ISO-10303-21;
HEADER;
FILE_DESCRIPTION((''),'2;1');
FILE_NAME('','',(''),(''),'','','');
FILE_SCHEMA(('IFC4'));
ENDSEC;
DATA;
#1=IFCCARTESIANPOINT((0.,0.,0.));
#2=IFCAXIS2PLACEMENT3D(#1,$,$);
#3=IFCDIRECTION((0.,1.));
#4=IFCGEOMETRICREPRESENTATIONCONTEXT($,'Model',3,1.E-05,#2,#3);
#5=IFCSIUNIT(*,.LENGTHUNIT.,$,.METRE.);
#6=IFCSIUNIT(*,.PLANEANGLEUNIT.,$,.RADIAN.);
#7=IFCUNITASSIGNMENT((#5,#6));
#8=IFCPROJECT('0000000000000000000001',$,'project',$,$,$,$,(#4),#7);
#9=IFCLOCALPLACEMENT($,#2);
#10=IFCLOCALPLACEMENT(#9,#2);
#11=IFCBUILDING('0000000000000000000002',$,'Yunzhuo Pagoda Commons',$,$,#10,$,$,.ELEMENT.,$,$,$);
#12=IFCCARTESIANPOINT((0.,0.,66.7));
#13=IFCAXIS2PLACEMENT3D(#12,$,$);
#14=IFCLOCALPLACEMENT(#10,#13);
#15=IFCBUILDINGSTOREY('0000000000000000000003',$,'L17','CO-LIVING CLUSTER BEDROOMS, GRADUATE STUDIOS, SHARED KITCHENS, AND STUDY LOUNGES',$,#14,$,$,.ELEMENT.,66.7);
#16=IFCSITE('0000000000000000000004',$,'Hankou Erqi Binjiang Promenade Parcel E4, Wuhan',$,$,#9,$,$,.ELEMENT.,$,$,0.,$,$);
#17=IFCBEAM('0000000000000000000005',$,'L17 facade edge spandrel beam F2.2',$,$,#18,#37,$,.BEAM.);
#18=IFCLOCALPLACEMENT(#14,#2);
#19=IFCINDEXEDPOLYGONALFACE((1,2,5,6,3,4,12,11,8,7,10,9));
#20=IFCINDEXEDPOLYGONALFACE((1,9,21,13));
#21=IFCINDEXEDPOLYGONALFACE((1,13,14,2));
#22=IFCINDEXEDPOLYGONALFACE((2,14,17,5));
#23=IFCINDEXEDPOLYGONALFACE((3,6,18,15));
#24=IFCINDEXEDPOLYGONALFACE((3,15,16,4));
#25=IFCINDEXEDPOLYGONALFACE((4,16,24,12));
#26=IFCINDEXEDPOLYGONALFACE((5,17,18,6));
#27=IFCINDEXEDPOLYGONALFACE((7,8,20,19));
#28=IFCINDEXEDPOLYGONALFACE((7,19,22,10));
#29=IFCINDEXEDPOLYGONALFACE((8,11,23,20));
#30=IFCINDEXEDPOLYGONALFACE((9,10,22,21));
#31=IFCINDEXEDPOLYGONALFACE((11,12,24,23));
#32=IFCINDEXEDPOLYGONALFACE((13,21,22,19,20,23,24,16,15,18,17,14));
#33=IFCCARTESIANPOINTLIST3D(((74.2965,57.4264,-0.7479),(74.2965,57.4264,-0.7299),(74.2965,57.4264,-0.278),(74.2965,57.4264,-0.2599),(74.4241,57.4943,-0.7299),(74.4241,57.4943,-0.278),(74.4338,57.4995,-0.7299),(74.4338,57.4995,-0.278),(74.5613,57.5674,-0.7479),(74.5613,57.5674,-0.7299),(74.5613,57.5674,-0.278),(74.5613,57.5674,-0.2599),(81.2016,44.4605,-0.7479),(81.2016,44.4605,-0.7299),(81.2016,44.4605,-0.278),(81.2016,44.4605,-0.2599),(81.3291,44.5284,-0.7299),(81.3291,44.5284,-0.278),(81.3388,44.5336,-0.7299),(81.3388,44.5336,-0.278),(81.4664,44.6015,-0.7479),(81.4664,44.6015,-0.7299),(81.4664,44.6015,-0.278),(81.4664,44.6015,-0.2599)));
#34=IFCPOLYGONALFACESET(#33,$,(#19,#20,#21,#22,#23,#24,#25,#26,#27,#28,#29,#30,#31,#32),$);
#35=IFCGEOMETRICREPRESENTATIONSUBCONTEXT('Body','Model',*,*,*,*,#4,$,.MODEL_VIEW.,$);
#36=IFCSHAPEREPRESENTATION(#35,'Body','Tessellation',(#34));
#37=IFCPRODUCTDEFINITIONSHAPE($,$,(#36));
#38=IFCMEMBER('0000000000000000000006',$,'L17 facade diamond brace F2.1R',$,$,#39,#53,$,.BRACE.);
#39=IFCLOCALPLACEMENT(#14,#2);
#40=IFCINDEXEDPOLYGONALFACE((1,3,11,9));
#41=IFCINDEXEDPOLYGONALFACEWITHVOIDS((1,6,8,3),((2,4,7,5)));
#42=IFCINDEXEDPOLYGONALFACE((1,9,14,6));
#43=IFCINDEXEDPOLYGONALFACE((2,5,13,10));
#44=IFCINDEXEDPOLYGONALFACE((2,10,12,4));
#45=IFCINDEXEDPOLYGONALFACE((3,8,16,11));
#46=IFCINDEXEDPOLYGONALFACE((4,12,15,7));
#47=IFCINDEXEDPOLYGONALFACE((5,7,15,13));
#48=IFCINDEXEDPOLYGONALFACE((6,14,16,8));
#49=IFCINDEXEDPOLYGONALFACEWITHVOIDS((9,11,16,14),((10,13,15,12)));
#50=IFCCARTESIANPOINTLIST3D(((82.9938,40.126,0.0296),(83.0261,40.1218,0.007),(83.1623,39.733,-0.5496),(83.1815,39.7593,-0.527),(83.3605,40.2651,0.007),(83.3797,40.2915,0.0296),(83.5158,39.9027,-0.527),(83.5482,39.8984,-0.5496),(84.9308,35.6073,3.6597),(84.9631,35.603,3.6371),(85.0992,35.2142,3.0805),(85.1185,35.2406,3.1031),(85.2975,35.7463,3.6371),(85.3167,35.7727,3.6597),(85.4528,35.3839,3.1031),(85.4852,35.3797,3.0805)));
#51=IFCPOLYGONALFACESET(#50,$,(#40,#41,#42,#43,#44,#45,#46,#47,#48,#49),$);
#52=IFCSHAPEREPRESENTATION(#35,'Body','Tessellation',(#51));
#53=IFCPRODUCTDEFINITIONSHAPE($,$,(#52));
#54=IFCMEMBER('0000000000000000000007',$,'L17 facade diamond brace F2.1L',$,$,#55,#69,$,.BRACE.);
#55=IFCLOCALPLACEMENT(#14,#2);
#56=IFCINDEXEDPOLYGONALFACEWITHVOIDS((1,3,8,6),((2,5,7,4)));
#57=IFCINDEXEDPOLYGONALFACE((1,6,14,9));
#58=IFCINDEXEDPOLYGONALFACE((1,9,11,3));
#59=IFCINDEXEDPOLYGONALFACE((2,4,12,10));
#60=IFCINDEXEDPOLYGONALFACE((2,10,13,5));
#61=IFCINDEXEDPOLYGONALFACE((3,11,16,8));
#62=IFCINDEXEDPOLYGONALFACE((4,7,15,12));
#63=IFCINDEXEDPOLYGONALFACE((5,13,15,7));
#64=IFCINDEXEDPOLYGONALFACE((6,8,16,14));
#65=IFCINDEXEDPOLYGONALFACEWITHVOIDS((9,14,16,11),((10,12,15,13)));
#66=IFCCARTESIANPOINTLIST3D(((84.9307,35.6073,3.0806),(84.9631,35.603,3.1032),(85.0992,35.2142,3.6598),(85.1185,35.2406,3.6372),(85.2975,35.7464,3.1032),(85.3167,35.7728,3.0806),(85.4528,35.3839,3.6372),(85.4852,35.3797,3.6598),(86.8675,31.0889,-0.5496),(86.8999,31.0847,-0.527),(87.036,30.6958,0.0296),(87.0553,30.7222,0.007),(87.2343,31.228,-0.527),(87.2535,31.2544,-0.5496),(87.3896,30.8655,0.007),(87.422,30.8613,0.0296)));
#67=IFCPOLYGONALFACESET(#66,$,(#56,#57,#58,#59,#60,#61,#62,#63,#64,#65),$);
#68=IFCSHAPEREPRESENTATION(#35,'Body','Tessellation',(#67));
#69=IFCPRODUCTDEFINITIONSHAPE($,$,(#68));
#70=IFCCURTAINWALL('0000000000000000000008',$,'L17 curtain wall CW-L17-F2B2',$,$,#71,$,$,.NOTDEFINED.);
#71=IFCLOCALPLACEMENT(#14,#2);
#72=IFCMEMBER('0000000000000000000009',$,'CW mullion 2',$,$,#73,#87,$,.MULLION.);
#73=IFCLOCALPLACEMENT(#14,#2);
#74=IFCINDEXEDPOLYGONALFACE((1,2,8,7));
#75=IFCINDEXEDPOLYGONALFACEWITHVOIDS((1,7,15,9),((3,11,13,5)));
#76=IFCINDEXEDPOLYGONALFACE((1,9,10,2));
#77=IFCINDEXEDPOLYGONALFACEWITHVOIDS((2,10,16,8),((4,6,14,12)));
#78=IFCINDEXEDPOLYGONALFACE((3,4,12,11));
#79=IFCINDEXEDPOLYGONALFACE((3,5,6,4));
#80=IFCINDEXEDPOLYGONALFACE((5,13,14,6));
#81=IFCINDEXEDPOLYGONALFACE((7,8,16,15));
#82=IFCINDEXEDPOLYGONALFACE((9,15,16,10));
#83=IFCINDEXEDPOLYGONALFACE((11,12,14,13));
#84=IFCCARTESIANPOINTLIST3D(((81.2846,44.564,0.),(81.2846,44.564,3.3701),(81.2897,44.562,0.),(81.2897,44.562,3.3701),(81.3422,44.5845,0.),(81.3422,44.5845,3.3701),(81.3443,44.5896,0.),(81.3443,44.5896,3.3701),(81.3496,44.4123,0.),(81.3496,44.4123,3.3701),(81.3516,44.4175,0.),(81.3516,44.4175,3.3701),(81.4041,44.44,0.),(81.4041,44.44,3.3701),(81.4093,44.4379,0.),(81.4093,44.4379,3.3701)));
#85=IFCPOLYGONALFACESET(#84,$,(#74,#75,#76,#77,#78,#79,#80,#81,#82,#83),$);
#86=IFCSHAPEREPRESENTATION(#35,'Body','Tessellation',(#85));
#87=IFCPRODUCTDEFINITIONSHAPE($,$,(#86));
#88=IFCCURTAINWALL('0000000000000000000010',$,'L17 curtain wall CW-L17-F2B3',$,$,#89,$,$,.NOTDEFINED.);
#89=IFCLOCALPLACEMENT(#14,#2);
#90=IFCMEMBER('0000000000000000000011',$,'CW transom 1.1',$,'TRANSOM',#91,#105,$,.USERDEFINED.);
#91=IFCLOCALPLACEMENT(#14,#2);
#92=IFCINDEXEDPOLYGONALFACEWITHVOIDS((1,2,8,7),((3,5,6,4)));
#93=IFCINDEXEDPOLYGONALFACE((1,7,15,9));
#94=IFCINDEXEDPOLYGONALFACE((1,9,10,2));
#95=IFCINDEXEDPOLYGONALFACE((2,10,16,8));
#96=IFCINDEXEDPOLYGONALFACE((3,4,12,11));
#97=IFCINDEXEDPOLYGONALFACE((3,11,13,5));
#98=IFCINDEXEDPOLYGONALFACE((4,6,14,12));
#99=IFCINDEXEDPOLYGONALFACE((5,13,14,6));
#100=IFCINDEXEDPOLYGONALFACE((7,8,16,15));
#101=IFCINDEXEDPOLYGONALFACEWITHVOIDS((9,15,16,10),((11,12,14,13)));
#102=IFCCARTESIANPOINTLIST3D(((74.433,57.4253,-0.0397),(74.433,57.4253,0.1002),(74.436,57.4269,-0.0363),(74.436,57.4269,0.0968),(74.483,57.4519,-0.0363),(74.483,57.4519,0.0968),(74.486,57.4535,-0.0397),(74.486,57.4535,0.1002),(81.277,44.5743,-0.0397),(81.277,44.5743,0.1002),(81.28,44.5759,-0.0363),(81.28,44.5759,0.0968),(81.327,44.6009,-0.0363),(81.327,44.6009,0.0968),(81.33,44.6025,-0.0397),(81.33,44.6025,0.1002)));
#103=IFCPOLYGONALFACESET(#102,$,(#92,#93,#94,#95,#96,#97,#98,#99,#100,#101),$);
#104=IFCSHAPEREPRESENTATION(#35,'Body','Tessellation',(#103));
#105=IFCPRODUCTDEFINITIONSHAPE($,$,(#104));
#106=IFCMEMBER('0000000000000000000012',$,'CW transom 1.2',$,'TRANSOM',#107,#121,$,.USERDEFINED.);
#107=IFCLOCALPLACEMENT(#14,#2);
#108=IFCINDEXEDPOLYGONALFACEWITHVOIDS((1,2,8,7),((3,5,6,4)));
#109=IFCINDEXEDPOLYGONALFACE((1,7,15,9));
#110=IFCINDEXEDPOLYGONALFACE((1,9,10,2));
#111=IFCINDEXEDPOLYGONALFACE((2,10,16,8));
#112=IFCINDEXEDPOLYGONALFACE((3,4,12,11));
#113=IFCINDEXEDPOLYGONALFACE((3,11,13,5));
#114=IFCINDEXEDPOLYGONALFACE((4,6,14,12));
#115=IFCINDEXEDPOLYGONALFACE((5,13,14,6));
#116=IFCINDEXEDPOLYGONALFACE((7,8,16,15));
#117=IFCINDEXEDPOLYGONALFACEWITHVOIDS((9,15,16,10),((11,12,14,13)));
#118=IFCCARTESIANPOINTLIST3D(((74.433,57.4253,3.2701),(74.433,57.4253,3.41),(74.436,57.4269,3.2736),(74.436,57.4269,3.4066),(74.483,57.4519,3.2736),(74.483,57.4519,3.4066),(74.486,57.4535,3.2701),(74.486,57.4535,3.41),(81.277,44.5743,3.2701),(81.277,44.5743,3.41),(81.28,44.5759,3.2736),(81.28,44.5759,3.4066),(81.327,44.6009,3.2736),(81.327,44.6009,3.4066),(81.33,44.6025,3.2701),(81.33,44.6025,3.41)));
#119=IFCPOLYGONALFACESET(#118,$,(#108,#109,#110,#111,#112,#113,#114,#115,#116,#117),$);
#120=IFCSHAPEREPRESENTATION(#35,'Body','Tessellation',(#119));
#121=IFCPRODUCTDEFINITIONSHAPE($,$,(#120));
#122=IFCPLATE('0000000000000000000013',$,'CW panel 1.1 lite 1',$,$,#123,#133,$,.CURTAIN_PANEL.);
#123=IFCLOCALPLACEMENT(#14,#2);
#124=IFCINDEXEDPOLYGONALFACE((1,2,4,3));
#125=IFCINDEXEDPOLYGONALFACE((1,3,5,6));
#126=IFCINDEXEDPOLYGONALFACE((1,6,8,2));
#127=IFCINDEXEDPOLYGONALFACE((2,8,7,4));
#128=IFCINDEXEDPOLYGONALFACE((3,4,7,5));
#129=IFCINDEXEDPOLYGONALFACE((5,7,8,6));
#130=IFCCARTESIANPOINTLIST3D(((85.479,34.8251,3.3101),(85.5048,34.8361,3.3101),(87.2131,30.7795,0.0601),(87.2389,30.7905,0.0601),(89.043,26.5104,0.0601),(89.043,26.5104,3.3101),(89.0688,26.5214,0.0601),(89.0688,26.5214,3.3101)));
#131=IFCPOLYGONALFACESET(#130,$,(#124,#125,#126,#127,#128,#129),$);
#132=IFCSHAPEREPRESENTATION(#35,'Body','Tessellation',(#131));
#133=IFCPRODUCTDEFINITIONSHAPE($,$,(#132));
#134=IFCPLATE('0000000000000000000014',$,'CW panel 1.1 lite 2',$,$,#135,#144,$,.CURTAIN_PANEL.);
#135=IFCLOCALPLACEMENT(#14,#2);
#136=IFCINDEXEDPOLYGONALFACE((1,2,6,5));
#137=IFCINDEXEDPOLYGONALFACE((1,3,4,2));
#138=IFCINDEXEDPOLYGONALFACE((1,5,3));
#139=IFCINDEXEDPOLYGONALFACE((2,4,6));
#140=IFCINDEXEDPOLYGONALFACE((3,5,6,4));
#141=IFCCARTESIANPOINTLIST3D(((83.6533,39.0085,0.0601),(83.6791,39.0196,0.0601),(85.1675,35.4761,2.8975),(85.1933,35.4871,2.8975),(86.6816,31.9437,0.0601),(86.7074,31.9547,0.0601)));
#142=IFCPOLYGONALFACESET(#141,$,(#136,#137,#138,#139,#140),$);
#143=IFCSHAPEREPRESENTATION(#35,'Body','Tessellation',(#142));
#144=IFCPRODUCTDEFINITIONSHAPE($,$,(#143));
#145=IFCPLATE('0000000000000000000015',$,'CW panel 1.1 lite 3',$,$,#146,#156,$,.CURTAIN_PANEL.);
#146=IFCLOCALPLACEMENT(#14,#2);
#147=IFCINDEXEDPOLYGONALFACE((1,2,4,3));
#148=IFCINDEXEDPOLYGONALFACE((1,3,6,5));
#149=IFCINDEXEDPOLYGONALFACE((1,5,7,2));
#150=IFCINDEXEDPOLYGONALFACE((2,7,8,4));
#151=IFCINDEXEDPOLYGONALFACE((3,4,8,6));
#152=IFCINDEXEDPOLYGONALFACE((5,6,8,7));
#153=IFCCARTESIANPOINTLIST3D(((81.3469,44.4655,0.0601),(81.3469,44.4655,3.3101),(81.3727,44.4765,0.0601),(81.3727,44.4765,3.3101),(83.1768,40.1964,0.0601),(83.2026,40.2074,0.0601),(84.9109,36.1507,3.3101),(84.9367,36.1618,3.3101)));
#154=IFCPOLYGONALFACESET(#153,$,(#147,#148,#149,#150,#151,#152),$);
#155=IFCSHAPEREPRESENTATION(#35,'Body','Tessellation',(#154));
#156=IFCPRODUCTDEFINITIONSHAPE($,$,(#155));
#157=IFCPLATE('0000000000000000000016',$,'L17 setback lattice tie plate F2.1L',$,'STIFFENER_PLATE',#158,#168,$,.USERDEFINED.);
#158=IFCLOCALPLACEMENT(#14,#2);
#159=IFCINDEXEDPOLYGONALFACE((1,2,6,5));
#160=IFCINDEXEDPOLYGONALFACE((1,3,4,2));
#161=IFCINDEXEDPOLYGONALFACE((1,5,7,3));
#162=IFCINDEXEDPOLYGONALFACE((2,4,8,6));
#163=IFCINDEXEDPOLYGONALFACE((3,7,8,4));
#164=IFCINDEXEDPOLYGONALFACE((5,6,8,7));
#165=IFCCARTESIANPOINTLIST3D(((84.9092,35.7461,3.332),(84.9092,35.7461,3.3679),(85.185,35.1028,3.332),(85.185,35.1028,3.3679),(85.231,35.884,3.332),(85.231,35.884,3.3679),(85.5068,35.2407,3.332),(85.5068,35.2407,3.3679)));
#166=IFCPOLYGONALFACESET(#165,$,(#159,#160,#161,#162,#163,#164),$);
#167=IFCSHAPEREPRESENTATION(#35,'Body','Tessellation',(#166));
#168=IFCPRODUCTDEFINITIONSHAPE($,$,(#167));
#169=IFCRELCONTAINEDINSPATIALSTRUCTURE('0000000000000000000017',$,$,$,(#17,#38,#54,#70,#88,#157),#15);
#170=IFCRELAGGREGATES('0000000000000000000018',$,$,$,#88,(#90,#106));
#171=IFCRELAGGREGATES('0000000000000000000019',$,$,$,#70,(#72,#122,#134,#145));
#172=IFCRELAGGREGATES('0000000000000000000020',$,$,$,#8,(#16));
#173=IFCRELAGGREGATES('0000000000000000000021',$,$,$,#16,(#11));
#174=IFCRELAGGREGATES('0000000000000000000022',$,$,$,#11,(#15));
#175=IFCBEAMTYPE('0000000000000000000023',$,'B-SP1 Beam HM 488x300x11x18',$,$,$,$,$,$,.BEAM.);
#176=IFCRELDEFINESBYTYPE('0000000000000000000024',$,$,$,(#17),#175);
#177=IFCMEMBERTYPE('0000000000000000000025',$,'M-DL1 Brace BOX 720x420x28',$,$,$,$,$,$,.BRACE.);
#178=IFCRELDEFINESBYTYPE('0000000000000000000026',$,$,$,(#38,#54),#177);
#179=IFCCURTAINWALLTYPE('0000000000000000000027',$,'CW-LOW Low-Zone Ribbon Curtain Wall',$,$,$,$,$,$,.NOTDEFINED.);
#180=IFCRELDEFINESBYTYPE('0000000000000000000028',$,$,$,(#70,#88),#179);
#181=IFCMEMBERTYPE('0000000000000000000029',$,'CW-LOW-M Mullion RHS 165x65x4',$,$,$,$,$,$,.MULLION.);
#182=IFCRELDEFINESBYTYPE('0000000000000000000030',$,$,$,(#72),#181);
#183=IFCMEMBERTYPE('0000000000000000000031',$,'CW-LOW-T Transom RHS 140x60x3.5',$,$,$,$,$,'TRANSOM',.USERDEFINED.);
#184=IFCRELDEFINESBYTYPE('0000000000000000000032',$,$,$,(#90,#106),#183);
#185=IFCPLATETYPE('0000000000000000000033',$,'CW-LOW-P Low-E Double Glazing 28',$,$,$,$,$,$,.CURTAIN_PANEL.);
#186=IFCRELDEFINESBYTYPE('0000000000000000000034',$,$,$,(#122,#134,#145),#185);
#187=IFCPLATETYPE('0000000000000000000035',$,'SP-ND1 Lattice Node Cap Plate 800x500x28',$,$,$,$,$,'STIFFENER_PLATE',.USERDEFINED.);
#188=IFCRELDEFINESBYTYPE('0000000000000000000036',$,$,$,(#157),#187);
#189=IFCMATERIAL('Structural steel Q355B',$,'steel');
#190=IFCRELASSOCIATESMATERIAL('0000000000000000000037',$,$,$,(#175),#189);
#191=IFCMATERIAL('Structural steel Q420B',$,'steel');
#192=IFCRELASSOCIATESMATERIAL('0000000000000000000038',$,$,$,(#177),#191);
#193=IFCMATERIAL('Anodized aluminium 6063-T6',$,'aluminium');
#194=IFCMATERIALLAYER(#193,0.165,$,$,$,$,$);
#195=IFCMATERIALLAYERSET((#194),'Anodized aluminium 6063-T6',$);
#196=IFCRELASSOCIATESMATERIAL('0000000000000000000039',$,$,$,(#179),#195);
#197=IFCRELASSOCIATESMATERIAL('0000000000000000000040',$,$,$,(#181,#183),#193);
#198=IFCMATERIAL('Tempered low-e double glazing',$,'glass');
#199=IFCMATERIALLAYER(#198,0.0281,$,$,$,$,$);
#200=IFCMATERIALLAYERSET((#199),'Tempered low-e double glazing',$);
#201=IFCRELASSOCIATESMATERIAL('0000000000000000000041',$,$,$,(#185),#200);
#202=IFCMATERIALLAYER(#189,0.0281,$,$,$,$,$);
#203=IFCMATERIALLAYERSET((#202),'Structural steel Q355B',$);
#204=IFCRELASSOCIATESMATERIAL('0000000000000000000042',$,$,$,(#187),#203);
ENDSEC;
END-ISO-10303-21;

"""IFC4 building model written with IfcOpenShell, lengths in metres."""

from ifc_helpers import new_model, si_unit, direction, frame, origin, origin_2d, place, context, subcontext, project, spatial, polyline, rectangle, hollow_rectangle, i_section, outline, extrude, source, transform, mapped, material, layer, layer_set, material_profile, profile_set, type_object, element, aggregate, save


model = new_model("IFC4")

# Units and contexts
model_context = context("Model", 3, precision=1e-05, world=origin(), true_north=direction((0.0, 1.0)))
body_context = subcontext(model_context, "Body", "Model", "MODEL_VIEW")
ifc_project = project(units=[si_unit("LENGTHUNIT", "METRE"), si_unit("PLANEANGLEUNIT", "RADIAN")], contexts=[model_context])

# Site, building, storey
site_placement = place(None, origin())
site = spatial("IfcSite", under=ifc_project, at=site_placement, Name="Hankou Erqi Binjiang Promenade Parcel E4, Wuhan", CompositionType="ELEMENT", RefElevation=0.0)
building_placement = place(site_placement, origin())
building = spatial("IfcBuilding", under=site, at=building_placement, Name="Yunzhuo Pagoda Commons", CompositionType="ELEMENT")
storey_placement = place(building_placement, frame((0.0, 0.0, 66.7)))
storey = spatial("IfcBuildingStorey", under=building, at=storey_placement, Name="L17", Description="CO-LIVING CLUSTER BEDROOMS, GRADUATE STUDIOS, SHARED KITCHENS, AND STUDY LOUNGES", CompositionType="ELEMENT", Elevation=66.7)

# Shared definitions
ifc_material_1 = material(Name="Structural steel Q420B", Category="steel")

# Beam
ifc_material_2 = material(Name="Structural steel Q355B", Category="steel")
ifc_material_profile_1 = material_profile(ifc_material_2, i_section(OverallWidth=0.3, OverallDepth=0.488, WebThickness=0.011, FlangeThickness=0.0181, at=origin_2d()), Name="Structural steel Q355B")
ifc_profile_set_1 = profile_set([ifc_material_profile_1], Name="Structural steel Q355B")
beam_type_1 = type_object("IfcBeamType", Name="B-SP1 Beam HM 488x300x11x18", PredefinedType="BEAM", material=ifc_profile_set_1)
shared_shape_1 = source(origin(), body_context, "Body", "SweptSolid", [
    extrude(i_section(OverallWidth=0.3, OverallDepth=0.488, WebThickness=0.011, FlangeThickness=0.0181, at=origin_2d()), origin(), (0.0, 0.0, 1.0), 14.6899),
])
beam_1_placement = place(storey_placement, frame((81.334, 44.531, -0.5039), z_axis=(-0.470054, 0.882638, 0.0), x_axis=(-0.882638, -0.470054, 0.0)))
element("IfcBeam", 1, at=beam_1_placement, inside=storey, type_object=beam_type_1, Name="L17 facade edge spandrel beam F2.2", PredefinedType="BEAM", context=body_context, shape_type="MappedRepresentation", body=[
    mapped(shared_shape_1, transform((0.0, 0.0, 0.0), scale=1.0)),
])

# Members
ifc_material_profile_2 = material_profile(ifc_material_1, hollow_rectangle(XDim=0.4199, YDim=0.72, WallThickness=0.0281, at=origin_2d()), Name="Structural steel Q420B")
ifc_profile_set_2 = profile_set([ifc_material_profile_2], Name="Structural steel Q420B")
member_type_1 = type_object("IfcMemberType", Name="M-DL1 Brace BOX 720x420x28", PredefinedType="BRACE", material=ifc_profile_set_2)
shared_shape_2 = source(origin(), body_context, "Body", "SweptSolid", [
    extrude(hollow_rectangle(XDim=0.4199, YDim=0.72, WallThickness=0.0281, at=origin_2d()), origin(), (0.0, 0.0, 1.0), 6.1113),
])
member_1_placement = place(storey_placement, frame((83.271, 40.0122, -0.26), z_axis=(0.31695, -0.739403, 0.593991), x_axis=(0.919117, 0.393985, 0.0)))
element("IfcMember", 2, at=member_1_placement, inside=storey, type_object=member_type_1, Name="L17 facade diamond brace F2.1R", PredefinedType="BRACE", context=body_context, shape_type="MappedRepresentation", body=[
    mapped(shared_shape_2, transform((0.0, 0.0, 0.0), scale=1.0)),
])
shared_shape_3 = source(origin(), body_context, "Body", "SweptSolid", [
    extrude(hollow_rectangle(XDim=0.4199, YDim=0.72, WallThickness=0.0281, at=origin_2d()), origin(), (0.0, 0.0, 1.0), 6.1111),
])
member_2_placement = place(storey_placement, frame((87.1448, 30.9751, -0.26), z_axis=(-0.316933, 0.739376, 0.594034), x_axis=(-0.919119, -0.393979, 0.0)))
element("IfcMember", 3, at=member_2_placement, inside=storey, type_object=member_type_1, Name="L17 facade diamond brace F2.1L", PredefinedType="BRACE", context=body_context, shape_type="MappedRepresentation", body=[
    mapped(shared_shape_3, transform((0.0, 0.0, 0.0), scale=1.0)),
])

# Curtain wall, member
ifc_material_3 = material(Name="Anodized aluminium 6063-T6", Category="aluminium")
ifc_layer_1 = layer(ifc_material_3, 0.165)
ifc_layer_set_1 = layer_set([ifc_layer_1], Name="Anodized aluminium 6063-T6")
curtain_wall_type = type_object("IfcCurtainWallType", Name="CW-LOW Low-Zone Ribbon Curtain Wall", PredefinedType="NOTDEFINED", material=ifc_layer_set_1)
curtain_wall_1_placement = place(storey_placement, origin())
curtain_wall_1 = element("IfcCurtainWall", 4, at=curtain_wall_1_placement, inside=storey, type_object=curtain_wall_type, Name="L17 curtain wall CW-L17-F2B2", PredefinedType="NOTDEFINED")
ifc_material_profile_3 = material_profile(ifc_material_3, hollow_rectangle(XDim=0.0649, YDim=0.165, WallThickness=0.0039, at=origin_2d()), Name="Anodized aluminium 6063-T6")
ifc_profile_set_3 = profile_set([ifc_material_profile_3], Name="Anodized aluminium 6063-T6")
member_type_2 = type_object("IfcMemberType", Name="CW-LOW-M Mullion RHS 165x65x4", PredefinedType="MULLION", material=ifc_profile_set_3)
shared_shape_4 = source(origin(), body_context, "Body", "SweptSolid", [
    extrude(hollow_rectangle(XDim=0.0649, YDim=0.165, WallThickness=0.0039, at=origin_2d()), origin(), (0.0, 0.0, 1.0), 3.3701),
])
member_3_placement = place(storey_placement, frame((81.3469, 44.501, 0.0), z_axis=(0.0, 0.0, 1.0), x_axis=(-0.919121, -0.393975, 0.0)))
member_3 = element("IfcMember", 5, at=member_3_placement, type_object=member_type_2, Name="CW mullion 2", PredefinedType="MULLION", context=body_context, shape_type="MappedRepresentation", body=[
    mapped(shared_shape_4, transform((0.0, 0.0, 0.0), scale=1.0)),
])

# Curtain wall, members
curtain_wall_2_placement = place(storey_placement, origin())
curtain_wall_2 = element("IfcCurtainWall", 6, at=curtain_wall_2_placement, inside=storey, type_object=curtain_wall_type, Name="L17 curtain wall CW-L17-F2B3", PredefinedType="NOTDEFINED")
ifc_material_profile_4 = material_profile(ifc_material_3, hollow_rectangle(XDim=0.0601, YDim=0.1399, WallThickness=0.0034, at=origin_2d()), Name="Anodized aluminium 6063-T6")
ifc_profile_set_4 = profile_set([ifc_material_profile_4], Name="Anodized aluminium 6063-T6")
member_type_3 = type_object("IfcMemberType", Name="CW-LOW-T Transom RHS 140x60x3.5", ElementType="TRANSOM", PredefinedType="USERDEFINED", material=ifc_profile_set_4)
shared_shape_5 = source(origin(), body_context, "Body", "SweptSolid", [
    extrude(hollow_rectangle(XDim=0.0601, YDim=0.1399, WallThickness=0.0034, at=origin_2d()), origin(), (0.0, 0.0, 1.0), 14.5598),
])
member_4_placement = place(storey_placement, frame((81.3035, 44.5884, 0.0303), z_axis=(-0.470058, 0.882635, 0.0), x_axis=(-0.882635, -0.470058, 0.0)))
member_4 = element("IfcMember", 7, at=member_4_placement, type_object=member_type_3, Name="CW transom 1.1", ObjectType="TRANSOM", PredefinedType="USERDEFINED", context=body_context, shape_type="MappedRepresentation", body=[
    mapped(shared_shape_5, transform((0.0, 0.0, 0.0), scale=1.0)),
])
member_5_placement = place(storey_placement, frame((81.3035, 44.5884, 3.3401), z_axis=(-0.470058, 0.882635, 0.0), x_axis=(-0.882635, -0.470058, 0.0)))
member_5 = element("IfcMember", 8, at=member_5_placement, type_object=member_type_3, Name="CW transom 1.2", ObjectType="TRANSOM", PredefinedType="USERDEFINED", context=body_context, shape_type="MappedRepresentation", body=[
    mapped(shared_shape_5, transform((0.0, 0.0, 0.0), scale=1.0)),
])
aggregate(curtain_wall_2, [member_4, member_5])

# Plates
ifc_material_4 = material(Name="Tempered low-e double glazing", Category="glass")
ifc_layer_2 = layer(ifc_material_4, 0.0281)
ifc_layer_set_2 = layer_set([ifc_layer_2], Name="Tempered low-e double glazing")
plate_type_1 = type_object("IfcPlateType", Name="CW-LOW-P Low-E Double Glazing 28", PredefinedType="CURTAIN_PANEL", material=ifc_layer_set_2)
plate_1_placement = place(storey_placement, frame((87.261, 30.6677, 1.6851), z_axis=(0.919121, 0.393975, 0.0), x_axis=(-0.393975, 0.919121, 0.0)))
plate_1 = element("IfcPlate", 9, at=plate_1_placement, type_object=plate_type_1, Name="CW panel 1.1 lite 1", PredefinedType="CURTAIN_PANEL", context=body_context, shape_type="SweptSolid", body=[
    extrude(outline(polyline([(-4.5232, -1.625), (0.1216, -1.625), (4.5232, 1.625), (-4.5232, 1.625), (-4.5232, -1.625)])), origin(), (0.0, 0.0, 1.0), 0.0281),
])
plate_2_placement = place(storey_placement, frame((85.1675, 35.4761, 1.4788), z_axis=(0.919121, 0.393975, 0.0), x_axis=(-0.393975, 0.919121, 0.0)))
plate_2 = element("IfcPlate", 10, at=plate_2_placement, type_object=plate_type_1, Name="CW panel 1.1 lite 2", PredefinedType="CURTAIN_PANEL", context=body_context, shape_type="SweptSolid", body=[
    extrude(outline(polyline([(-3.8433, -1.4187), (3.8433, -1.4187), (0.0, 1.4187), (-3.8433, -1.4187)])), origin(), (0.0, 0.0, 1.0), 0.0281),
])
plate_3_placement = place(storey_placement, frame((83.1289, 40.3081, 1.6851), z_axis=(0.919121, 0.393975, 0.0), x_axis=(-0.393975, 0.919121, 0.0)))
plate_3 = element("IfcPlate", 11, at=plate_3_placement, type_object=plate_type_1, Name="CW panel 1.1 lite 3", PredefinedType="CURTAIN_PANEL", context=body_context, shape_type="SweptSolid", body=[
    extrude(outline(polyline([(-4.5232, 1.625), (-0.1216, -1.625), (4.5232, -1.625), (4.5232, 1.625), (-4.5232, 1.625)])), origin(), (0.0, 0.0, 1.0), 0.0281),
])
aggregate(curtain_wall_1, [member_3, plate_1, plate_2, plate_3])
ifc_layer_3 = layer(ifc_material_2, 0.0281)
ifc_layer_set_3 = layer_set([ifc_layer_3], Name="Structural steel Q355B")
plate_type_2 = type_object("IfcPlateType", Name="SP-ND1 Lattice Node Cap Plate 800x500x28", ElementType="STIFFENER_PLATE", PredefinedType="USERDEFINED", material=ifc_layer_set_3)
shared_shape_6 = source(origin(), body_context, "Body", "SweptSolid", [
    extrude(rectangle(XDim=0.7, YDim=0.3501, at=origin_2d()), origin(), (0.0, 0.0, 1.0), 0.0359),
])
plate_4_placement = place(storey_placement, frame((85.208, 35.4934, 3.332), z_axis=(0.0, 0.0, 1.0), x_axis=(-0.393974, 0.919122, 0.0)))
element("IfcPlate", 12, at=plate_4_placement, inside=storey, type_object=plate_type_2, Name="L17 setback lattice tie plate F2.1L", ObjectType="STIFFENER_PLATE", PredefinedType="USERDEFINED", context=body_context, shape_type="MappedRepresentation", body=[
    mapped(shared_shape_6, transform((0.0, 0.0, 0.0), scale=1.0)),
])

save(model, "model.ifc")
